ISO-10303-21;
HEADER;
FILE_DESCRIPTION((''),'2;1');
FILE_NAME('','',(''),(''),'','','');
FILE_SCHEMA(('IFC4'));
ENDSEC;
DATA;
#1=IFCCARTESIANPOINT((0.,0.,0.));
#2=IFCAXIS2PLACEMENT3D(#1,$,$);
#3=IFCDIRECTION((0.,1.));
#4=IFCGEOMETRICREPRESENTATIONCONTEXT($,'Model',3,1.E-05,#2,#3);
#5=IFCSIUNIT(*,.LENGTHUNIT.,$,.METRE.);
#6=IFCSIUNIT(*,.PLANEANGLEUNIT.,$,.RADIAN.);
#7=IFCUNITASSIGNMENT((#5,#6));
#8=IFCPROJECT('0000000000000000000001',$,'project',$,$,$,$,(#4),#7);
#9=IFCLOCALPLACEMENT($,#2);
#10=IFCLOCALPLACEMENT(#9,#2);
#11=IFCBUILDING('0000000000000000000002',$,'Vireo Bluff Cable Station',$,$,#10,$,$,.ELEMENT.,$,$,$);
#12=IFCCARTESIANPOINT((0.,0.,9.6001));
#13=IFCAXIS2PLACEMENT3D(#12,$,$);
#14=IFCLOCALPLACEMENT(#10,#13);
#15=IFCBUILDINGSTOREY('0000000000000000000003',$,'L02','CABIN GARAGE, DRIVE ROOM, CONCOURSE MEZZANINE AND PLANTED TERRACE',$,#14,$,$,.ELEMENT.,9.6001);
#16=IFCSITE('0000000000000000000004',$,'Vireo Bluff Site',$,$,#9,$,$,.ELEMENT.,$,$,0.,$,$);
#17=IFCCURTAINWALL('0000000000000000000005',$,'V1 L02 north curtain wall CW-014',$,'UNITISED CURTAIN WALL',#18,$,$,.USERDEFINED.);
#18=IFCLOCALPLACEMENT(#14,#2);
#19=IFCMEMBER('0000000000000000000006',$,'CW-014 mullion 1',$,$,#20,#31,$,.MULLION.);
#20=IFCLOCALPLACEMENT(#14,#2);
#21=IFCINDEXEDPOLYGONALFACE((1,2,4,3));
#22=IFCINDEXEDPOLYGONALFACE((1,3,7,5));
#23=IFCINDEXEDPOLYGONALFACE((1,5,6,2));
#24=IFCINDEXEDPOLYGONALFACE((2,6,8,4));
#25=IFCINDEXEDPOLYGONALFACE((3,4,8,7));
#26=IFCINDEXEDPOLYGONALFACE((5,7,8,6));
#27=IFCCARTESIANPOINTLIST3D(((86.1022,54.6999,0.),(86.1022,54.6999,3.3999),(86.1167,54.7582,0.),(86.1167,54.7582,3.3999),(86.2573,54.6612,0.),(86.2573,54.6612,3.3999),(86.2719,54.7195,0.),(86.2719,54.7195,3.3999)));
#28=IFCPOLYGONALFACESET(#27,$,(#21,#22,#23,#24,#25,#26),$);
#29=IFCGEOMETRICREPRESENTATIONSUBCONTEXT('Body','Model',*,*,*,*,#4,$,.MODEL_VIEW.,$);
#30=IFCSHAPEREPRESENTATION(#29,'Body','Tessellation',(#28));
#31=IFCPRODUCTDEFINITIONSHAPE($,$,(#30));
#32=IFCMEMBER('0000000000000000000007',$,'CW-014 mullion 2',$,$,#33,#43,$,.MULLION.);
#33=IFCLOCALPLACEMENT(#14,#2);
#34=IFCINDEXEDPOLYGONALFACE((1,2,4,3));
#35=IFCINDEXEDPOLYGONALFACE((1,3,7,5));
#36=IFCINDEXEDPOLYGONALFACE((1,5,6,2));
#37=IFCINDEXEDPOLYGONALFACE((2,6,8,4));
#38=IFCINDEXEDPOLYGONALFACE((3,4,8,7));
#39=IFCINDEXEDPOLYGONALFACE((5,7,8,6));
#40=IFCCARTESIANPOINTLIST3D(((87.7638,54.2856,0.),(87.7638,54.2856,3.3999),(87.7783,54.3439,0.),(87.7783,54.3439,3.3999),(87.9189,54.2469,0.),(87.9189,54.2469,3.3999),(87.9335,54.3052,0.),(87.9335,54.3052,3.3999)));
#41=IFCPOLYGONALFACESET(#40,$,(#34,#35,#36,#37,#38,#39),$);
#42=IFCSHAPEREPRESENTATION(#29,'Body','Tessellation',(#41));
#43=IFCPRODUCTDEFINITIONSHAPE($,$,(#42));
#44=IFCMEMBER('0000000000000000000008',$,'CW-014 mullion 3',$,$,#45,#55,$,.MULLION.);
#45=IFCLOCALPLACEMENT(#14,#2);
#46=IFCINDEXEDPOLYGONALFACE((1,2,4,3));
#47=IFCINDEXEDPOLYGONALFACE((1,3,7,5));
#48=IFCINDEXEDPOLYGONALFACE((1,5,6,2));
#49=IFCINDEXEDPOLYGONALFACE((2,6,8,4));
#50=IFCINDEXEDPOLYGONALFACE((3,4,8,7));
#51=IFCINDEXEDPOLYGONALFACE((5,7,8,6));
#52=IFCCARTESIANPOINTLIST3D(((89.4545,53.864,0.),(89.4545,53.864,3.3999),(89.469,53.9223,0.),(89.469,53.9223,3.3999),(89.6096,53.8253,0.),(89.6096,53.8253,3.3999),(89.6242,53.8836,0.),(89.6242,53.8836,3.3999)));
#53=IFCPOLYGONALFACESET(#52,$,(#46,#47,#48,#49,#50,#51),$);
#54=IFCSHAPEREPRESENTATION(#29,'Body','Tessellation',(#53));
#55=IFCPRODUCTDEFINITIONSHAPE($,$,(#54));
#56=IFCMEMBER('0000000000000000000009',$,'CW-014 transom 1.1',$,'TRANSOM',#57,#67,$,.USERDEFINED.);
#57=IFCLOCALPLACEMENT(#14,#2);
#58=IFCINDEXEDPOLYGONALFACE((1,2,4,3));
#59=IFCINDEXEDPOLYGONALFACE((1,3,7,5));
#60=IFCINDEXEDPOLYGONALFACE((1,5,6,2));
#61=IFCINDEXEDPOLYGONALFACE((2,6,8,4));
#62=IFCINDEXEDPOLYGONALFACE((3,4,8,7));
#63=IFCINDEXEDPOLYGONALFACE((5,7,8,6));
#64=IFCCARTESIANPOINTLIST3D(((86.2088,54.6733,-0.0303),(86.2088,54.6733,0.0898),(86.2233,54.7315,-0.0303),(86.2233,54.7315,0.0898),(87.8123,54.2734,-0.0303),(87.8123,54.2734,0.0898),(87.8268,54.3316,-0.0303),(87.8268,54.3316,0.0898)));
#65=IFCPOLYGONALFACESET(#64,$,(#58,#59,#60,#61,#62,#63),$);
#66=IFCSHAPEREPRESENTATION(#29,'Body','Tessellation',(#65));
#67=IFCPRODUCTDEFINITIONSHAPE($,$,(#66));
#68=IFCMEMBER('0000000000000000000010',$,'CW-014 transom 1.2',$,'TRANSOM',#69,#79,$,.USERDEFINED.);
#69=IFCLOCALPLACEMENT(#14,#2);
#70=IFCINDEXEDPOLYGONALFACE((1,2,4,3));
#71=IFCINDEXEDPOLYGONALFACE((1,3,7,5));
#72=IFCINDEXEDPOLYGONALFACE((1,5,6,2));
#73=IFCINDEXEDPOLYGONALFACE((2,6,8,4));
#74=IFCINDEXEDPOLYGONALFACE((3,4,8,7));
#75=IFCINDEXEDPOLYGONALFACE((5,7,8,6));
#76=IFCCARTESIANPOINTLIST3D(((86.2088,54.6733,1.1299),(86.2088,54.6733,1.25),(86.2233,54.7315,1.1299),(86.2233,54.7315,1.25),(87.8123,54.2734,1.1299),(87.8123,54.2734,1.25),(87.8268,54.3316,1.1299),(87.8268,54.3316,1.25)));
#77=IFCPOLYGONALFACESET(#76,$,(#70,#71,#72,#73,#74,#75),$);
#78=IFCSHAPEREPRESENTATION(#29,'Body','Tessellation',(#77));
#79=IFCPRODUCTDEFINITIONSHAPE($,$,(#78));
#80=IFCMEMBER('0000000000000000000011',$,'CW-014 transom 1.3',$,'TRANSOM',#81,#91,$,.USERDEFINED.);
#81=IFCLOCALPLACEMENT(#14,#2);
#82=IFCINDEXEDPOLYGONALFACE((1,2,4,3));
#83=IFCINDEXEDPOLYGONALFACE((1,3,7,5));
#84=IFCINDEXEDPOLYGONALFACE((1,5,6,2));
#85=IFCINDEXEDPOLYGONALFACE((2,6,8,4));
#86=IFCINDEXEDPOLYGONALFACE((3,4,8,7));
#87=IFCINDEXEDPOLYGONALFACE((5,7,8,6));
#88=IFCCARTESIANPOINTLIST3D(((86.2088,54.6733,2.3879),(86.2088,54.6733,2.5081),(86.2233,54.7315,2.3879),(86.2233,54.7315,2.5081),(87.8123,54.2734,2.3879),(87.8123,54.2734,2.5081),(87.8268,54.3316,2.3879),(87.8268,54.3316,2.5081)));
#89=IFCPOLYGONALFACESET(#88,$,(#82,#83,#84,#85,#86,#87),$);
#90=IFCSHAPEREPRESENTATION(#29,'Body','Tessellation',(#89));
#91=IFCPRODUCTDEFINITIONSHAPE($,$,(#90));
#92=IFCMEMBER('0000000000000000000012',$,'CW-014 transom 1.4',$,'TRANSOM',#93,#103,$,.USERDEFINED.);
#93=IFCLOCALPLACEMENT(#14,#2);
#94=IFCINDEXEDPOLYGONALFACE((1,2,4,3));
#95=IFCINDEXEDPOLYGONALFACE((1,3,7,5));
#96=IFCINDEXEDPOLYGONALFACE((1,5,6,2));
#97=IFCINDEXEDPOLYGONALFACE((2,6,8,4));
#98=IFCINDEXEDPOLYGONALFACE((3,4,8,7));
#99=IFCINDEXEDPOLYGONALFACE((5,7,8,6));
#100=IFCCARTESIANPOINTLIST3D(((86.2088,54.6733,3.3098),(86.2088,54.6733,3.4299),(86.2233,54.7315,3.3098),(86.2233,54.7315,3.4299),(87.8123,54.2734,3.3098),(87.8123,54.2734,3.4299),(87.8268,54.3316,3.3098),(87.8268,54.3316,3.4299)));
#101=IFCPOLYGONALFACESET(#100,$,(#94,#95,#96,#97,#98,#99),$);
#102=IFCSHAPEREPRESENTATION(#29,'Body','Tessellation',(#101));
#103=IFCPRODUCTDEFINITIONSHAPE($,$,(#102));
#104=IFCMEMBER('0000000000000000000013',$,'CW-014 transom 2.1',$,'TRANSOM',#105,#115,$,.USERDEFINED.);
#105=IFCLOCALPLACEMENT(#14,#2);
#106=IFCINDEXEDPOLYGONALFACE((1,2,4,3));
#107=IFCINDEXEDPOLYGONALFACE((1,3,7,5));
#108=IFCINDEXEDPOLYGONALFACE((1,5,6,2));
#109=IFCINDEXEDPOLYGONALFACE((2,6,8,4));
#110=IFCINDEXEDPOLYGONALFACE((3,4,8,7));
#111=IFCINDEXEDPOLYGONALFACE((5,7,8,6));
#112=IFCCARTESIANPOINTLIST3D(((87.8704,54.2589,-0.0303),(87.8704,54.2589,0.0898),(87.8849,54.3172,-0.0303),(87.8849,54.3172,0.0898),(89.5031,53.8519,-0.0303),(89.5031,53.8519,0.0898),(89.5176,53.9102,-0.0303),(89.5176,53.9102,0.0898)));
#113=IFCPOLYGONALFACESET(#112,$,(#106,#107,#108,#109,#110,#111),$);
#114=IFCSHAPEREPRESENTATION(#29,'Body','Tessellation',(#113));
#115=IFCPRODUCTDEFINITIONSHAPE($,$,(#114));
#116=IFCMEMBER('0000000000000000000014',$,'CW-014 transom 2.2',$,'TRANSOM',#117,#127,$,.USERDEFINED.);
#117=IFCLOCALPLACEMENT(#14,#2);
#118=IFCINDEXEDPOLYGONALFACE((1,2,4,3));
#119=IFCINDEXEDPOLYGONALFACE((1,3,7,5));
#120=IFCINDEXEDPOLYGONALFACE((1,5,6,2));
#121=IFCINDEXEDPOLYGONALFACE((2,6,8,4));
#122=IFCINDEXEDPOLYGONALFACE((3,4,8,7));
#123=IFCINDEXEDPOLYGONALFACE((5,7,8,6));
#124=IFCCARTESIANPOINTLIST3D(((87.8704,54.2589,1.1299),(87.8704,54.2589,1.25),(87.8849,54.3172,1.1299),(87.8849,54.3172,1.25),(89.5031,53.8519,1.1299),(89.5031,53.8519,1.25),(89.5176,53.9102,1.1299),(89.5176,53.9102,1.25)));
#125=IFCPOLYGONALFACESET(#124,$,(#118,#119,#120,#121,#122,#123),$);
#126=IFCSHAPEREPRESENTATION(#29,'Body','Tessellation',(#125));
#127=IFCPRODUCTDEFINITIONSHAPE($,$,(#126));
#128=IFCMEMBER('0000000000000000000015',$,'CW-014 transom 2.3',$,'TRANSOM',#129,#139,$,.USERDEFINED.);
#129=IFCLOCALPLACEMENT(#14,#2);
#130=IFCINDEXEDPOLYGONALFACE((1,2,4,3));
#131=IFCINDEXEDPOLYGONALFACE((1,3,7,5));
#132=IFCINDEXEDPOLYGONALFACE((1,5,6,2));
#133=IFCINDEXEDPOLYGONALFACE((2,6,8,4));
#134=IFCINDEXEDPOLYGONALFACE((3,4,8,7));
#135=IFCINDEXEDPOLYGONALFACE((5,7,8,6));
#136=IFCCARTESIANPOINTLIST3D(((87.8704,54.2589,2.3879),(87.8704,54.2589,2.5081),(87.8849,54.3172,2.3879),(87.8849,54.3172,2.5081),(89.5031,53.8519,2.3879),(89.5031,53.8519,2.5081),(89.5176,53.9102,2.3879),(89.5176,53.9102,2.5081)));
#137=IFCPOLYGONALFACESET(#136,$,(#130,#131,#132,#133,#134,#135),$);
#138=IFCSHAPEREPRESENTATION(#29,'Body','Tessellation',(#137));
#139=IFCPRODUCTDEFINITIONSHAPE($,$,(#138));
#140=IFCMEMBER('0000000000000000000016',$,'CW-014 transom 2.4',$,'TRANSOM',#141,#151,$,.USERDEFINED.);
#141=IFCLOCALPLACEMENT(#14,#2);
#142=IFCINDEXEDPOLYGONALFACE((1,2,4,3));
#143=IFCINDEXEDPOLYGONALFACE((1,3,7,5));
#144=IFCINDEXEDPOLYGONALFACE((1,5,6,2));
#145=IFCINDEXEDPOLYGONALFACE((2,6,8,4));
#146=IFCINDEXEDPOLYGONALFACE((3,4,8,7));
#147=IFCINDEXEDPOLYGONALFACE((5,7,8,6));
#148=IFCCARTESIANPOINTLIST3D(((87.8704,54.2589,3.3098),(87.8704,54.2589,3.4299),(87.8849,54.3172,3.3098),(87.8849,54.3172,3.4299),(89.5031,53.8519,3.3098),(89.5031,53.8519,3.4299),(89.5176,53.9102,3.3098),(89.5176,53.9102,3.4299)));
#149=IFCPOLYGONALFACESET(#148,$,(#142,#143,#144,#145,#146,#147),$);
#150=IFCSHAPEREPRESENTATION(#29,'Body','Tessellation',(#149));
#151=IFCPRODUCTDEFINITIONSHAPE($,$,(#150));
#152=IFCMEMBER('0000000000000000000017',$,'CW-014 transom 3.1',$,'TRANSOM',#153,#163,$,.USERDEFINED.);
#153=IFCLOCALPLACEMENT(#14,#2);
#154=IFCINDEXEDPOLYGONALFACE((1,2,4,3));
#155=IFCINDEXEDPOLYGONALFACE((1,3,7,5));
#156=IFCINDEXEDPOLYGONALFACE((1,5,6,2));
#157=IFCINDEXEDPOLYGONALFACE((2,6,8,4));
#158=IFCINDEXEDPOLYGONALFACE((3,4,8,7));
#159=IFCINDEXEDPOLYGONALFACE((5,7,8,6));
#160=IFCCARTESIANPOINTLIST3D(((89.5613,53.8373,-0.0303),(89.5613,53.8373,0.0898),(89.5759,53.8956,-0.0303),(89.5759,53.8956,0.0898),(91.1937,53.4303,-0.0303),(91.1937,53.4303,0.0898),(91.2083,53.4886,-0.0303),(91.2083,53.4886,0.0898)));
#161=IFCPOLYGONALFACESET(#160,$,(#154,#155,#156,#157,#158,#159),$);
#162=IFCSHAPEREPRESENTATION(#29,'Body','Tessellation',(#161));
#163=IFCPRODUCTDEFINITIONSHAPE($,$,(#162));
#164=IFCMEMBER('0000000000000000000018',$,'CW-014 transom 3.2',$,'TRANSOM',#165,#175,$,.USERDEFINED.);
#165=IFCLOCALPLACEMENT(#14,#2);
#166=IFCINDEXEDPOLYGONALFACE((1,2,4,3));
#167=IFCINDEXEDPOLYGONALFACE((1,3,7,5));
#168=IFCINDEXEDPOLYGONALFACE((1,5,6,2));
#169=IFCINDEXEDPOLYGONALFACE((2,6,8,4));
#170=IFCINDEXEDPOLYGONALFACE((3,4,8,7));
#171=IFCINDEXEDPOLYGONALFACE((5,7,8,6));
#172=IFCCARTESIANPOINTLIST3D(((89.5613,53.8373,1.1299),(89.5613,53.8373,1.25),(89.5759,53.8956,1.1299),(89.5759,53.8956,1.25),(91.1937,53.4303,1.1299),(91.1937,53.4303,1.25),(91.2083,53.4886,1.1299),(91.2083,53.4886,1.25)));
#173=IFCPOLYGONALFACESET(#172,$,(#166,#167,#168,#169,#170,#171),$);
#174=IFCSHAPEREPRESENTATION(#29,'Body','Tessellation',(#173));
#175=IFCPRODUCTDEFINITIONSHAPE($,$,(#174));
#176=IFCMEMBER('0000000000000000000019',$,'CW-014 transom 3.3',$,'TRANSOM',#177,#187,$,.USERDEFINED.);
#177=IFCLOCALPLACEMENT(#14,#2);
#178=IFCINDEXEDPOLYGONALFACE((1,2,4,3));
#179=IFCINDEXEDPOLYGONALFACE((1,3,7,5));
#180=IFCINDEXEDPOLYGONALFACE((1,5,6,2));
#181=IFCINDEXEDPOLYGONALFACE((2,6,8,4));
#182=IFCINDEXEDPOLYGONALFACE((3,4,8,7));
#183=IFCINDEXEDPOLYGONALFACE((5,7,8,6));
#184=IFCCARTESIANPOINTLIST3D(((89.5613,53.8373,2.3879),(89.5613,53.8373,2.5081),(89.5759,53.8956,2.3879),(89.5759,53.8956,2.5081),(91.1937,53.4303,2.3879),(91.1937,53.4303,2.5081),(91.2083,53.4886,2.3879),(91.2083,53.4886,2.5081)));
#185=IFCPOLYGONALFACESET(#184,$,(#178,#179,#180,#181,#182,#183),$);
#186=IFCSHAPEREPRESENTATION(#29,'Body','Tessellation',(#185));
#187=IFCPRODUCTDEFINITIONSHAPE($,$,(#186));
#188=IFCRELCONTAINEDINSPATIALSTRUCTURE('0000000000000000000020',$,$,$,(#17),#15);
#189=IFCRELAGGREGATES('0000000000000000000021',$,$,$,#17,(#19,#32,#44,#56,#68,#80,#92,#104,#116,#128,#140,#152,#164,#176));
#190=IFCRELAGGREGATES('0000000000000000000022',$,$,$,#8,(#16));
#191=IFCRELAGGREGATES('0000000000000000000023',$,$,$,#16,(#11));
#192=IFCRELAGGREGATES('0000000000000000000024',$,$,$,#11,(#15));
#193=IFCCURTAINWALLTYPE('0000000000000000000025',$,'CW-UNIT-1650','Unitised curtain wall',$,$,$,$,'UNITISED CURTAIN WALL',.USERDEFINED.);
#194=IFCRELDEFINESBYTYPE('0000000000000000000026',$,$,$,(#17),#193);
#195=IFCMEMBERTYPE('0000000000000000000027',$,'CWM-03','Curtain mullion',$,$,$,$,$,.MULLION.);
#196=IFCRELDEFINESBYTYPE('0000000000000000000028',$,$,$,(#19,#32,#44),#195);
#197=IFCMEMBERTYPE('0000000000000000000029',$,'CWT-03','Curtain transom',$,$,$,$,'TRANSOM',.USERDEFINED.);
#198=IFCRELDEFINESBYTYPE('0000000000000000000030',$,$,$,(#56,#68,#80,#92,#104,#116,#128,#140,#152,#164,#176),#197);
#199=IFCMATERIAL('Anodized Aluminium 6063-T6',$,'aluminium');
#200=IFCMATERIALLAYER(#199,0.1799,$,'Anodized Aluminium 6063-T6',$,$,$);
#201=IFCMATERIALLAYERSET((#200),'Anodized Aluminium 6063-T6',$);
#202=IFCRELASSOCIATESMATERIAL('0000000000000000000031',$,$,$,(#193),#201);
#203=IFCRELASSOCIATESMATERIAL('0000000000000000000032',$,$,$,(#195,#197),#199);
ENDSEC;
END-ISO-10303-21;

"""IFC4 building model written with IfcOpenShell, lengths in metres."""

from ifc_helpers import new_model, si_unit, direction, frame, origin, origin_2d, place, context, subcontext, project, spatial, rectangle, extrude, material, layer, layer_set, material_profile, profile_set, type_object, element, aggregate, save


model = new_model("IFC4")

# Units and contexts
model_context = context("Model", 3, precision=1e-05, world=origin(), true_north=direction((0.0, 1.0)))
body_context = subcontext(model_context, "Body", "Model", "MODEL_VIEW")
ifc_project = project(units=[si_unit("LENGTHUNIT", "METRE"), si_unit("PLANEANGLEUNIT", "RADIAN")], contexts=[model_context])

# Site, building, storey
site_placement = place(None, origin())
site = spatial("IfcSite", under=ifc_project, at=site_placement, Name="Vireo Bluff Site", CompositionType="ELEMENT", RefElevation=0.0)
building_placement = place(site_placement, origin())
building = spatial("IfcBuilding", under=site, at=building_placement, Name="Vireo Bluff Cable Station", CompositionType="ELEMENT")
storey_placement = place(building_placement, frame((0.0, 0.0, 9.6001)))
storey = spatial("IfcBuildingStorey", under=building, at=storey_placement, Name="L02", Description="CABIN GARAGE, DRIVE ROOM, CONCOURSE MEZZANINE AND PLANTED TERRACE", CompositionType="ELEMENT", Elevation=9.6001)

# Curtain wall, members
ifc_material_1 = material(Name="Anodized Aluminium 6063-T6", Category="aluminium")
ifc_layer_1 = layer(ifc_material_1, 0.1799, Name="Anodized Aluminium 6063-T6")
ifc_layer_set_1 = layer_set([ifc_layer_1], Name="Anodized Aluminium 6063-T6")
curtain_wall_type = type_object("IfcCurtainWallType", Name="CW-UNIT-1650", Description="Unitised curtain wall", ElementType="UNITISED CURTAIN WALL", PredefinedType="USERDEFINED", material=ifc_layer_set_1)
curtain_wall_placement = place(storey_placement, origin())
curtain_wall = element("IfcCurtainWall", 1, at=curtain_wall_placement, inside=storey, type_object=curtain_wall_type, Name="V1 L02 north curtain wall CW-014", ObjectType="UNITISED CURTAIN WALL", PredefinedType="USERDEFINED")
ifc_material_profile_1 = material_profile(ifc_material_1, rectangle(XDim=0.0601, YDim=0.1599, at=origin_2d()), Name="ALU-M-60X160")
ifc_profile_set_1 = profile_set([ifc_material_profile_1], Name="Anodized Aluminium 6063-T6")
member_type_1 = type_object("IfcMemberType", Name="CWM-03", Description="Curtain mullion", PredefinedType="MULLION", material=ifc_profile_set_1)
member_1_placement = place(storey_placement, frame((86.187, 54.7097, 0.0), z_axis=(0.0, 0.0, 1.0), x_axis=(0.241922, 0.970296, 0.0)))
member_1 = element("IfcMember", 2, at=member_1_placement, type_object=member_type_1, Name="CW-014 mullion 1", PredefinedType="MULLION", context=body_context, shape_type="SweptSolid", body=[
    extrude(rectangle(XDim=0.0601, YDim=0.1599, at=origin_2d()), origin(), (0.0, 0.0, 1.0), 3.3999),
])
member_2_placement = place(storey_placement, frame((87.8486, 54.2954, 0.0), z_axis=(0.0, 0.0, 1.0), x_axis=(0.241922, 0.970296, 0.0)))
member_2 = element("IfcMember", 3, at=member_2_placement, type_object=member_type_1, Name="CW-014 mullion 2", PredefinedType="MULLION", context=body_context, shape_type="SweptSolid", body=[
    extrude(rectangle(XDim=0.0601, YDim=0.1599, at=origin_2d()), origin(), (0.0, 0.0, 1.0), 3.3999),
])
member_3_placement = place(storey_placement, frame((89.5393, 53.8738, 0.0), z_axis=(0.0, 0.0, 1.0), x_axis=(0.241922, 0.970296, 0.0)))
member_3 = element("IfcMember", 4, at=member_3_placement, type_object=member_type_1, Name="CW-014 mullion 3", PredefinedType="MULLION", context=body_context, shape_type="SweptSolid", body=[
    extrude(rectangle(XDim=0.0601, YDim=0.1599, at=origin_2d()), origin(), (0.0, 0.0, 1.0), 3.3999),
])
ifc_material_profile_2 = material_profile(ifc_material_1, rectangle(XDim=0.0601, YDim=0.1201, at=origin_2d()), Name="ALU-T-60X120")
ifc_profile_set_2 = profile_set([ifc_material_profile_2], Name="Anodized Aluminium 6063-T6")
member_type_2 = type_object("IfcMemberType", Name="CWT-03", Description="Curtain transom", ElementType="TRANSOM", PredefinedType="USERDEFINED", material=ifc_profile_set_2)
member_4_placement = place(storey_placement, frame((86.2161, 54.7024, 0.0298), z_axis=(0.970281, -0.241979, 0.0), x_axis=(0.241979, 0.970281, 0.0)))
member_4 = element("IfcMember", 5, at=member_4_placement, type_object=member_type_2, Name="CW-014 transom 1.1", ObjectType="TRANSOM", PredefinedType="USERDEFINED", context=body_context, shape_type="SweptSolid", body=[
    extrude(rectangle(XDim=0.0601, YDim=0.1201, at=origin_2d()), origin(), (0.0, 0.0, 1.0), 1.6526),
])
member_5_placement = place(storey_placement, frame((86.2161, 54.7024, 1.1899), z_axis=(0.970281, -0.241979, 0.0), x_axis=(0.241979, 0.970281, 0.0)))
member_5 = element("IfcMember", 6, at=member_5_placement, type_object=member_type_2, Name="CW-014 transom 1.2", ObjectType="TRANSOM", PredefinedType="USERDEFINED", context=body_context, shape_type="SweptSolid", body=[
    extrude(rectangle(XDim=0.0601, YDim=0.1201, at=origin_2d()), origin(), (0.0, 0.0, 1.0), 1.6526),
])
member_6_placement = place(storey_placement, frame((86.2161, 54.7024, 2.448), z_axis=(0.970281, -0.241979, 0.0), x_axis=(0.241979, 0.970281, 0.0)))
member_6 = element("IfcMember", 7, at=member_6_placement, type_object=member_type_2, Name="CW-014 transom 1.3", ObjectType="TRANSOM", PredefinedType="USERDEFINED", context=body_context, shape_type="SweptSolid", body=[
    extrude(rectangle(XDim=0.0601, YDim=0.1201, at=origin_2d()), origin(), (0.0, 0.0, 1.0), 1.6526),
])
member_7_placement = place(storey_placement, frame((86.2161, 54.7024, 3.3699), z_axis=(0.970281, -0.241979, 0.0), x_axis=(0.241979, 0.970281, 0.0)))
member_7 = element("IfcMember", 8, at=member_7_placement, type_object=member_type_2, Name="CW-014 transom 1.4", ObjectType="TRANSOM", PredefinedType="USERDEFINED", context=body_context, shape_type="SweptSolid", body=[
    extrude(rectangle(XDim=0.0601, YDim=0.1201, at=origin_2d()), origin(), (0.0, 0.0, 1.0), 1.6526),
])
member_8_placement = place(storey_placement, frame((87.8777, 54.2881, 0.0298), z_axis=(0.970304, -0.241887, 0.0), x_axis=(0.241887, 0.970304, 0.0)))
member_8 = element("IfcMember", 9, at=member_8_placement, type_object=member_type_2, Name="CW-014 transom 2.1", ObjectType="TRANSOM", PredefinedType="USERDEFINED", context=body_context, shape_type="SweptSolid", body=[
    extrude(rectangle(XDim=0.0601, YDim=0.1201, at=origin_2d()), origin(), (0.0, 0.0, 1.0), 1.6826),
])
member_9_placement = place(storey_placement, frame((87.8777, 54.2881, 1.1899), z_axis=(0.970304, -0.241887, 0.0), x_axis=(0.241887, 0.970304, 0.0)))
member_9 = element("IfcMember", 10, at=member_9_placement, type_object=member_type_2, Name="CW-014 transom 2.2", ObjectType="TRANSOM", PredefinedType="USERDEFINED", context=body_context, shape_type="SweptSolid", body=[
    extrude(rectangle(XDim=0.0601, YDim=0.1201, at=origin_2d()), origin(), (0.0, 0.0, 1.0), 1.6826),
])
member_10_placement = place(storey_placement, frame((87.8777, 54.2881, 2.448), z_axis=(0.970304, -0.241887, 0.0), x_axis=(0.241887, 0.970304, 0.0)))
member_10 = element("IfcMember", 11, at=member_10_placement, type_object=member_type_2, Name="CW-014 transom 2.3", ObjectType="TRANSOM", PredefinedType="USERDEFINED", context=body_context, shape_type="SweptSolid", body=[
    extrude(rectangle(XDim=0.0601, YDim=0.1201, at=origin_2d()), origin(), (0.0, 0.0, 1.0), 1.6826),
])
member_11_placement = place(storey_placement, frame((87.8777, 54.2881, 3.3699), z_axis=(0.970304, -0.241887, 0.0), x_axis=(0.241887, 0.970304, 0.0)))
member_11 = element("IfcMember", 12, at=member_11_placement, type_object=member_type_2, Name="CW-014 transom 2.4", ObjectType="TRANSOM", PredefinedType="USERDEFINED", context=body_context, shape_type="SweptSolid", body=[
    extrude(rectangle(XDim=0.0601, YDim=0.1201, at=origin_2d()), origin(), (0.0, 0.0, 1.0), 1.6826),
])
member_12_placement = place(storey_placement, frame((89.5686, 53.8665, 0.0298), z_axis=(0.970296, -0.241921, 0.0), x_axis=(0.241921, 0.970296, 0.0)))
member_12 = element("IfcMember", 13, at=member_12_placement, type_object=member_type_2, Name="CW-014 transom 3.1", ObjectType="TRANSOM", PredefinedType="USERDEFINED", context=body_context, shape_type="SweptSolid", body=[
    extrude(rectangle(XDim=0.0601, YDim=0.1201, at=origin_2d()), origin(), (0.0, 0.0, 1.0), 1.6824),
])
member_13_placement = place(storey_placement, frame((89.5686, 53.8665, 1.1899), z_axis=(0.970296, -0.241921, 0.0), x_axis=(0.241921, 0.970296, 0.0)))
member_13 = element("IfcMember", 14, at=member_13_placement, type_object=member_type_2, Name="CW-014 transom 3.2", ObjectType="TRANSOM", PredefinedType="USERDEFINED", context=body_context, shape_type="SweptSolid", body=[
    extrude(rectangle(XDim=0.0601, YDim=0.1201, at=origin_2d()), origin(), (0.0, 0.0, 1.0), 1.6824),
])
member_14_placement = place(storey_placement, frame((89.5686, 53.8665, 2.448), z_axis=(0.970296, -0.241921, 0.0), x_axis=(0.241921, 0.970296, 0.0)))
member_14 = element("IfcMember", 15, at=member_14_placement, type_object=member_type_2, Name="CW-014 transom 3.3", ObjectType="TRANSOM", PredefinedType="USERDEFINED", context=body_context, shape_type="SweptSolid", body=[
    extrude(rectangle(XDim=0.0601, YDim=0.1201, at=origin_2d()), origin(), (0.0, 0.0, 1.0), 1.6824),
])

aggregate(curtain_wall, [member_1, member_2, member_3, member_4, member_5, member_6, member_7, member_8, member_9, member_10, member_11, member_12, member_13, member_14])

save(model, "model.ifc")
